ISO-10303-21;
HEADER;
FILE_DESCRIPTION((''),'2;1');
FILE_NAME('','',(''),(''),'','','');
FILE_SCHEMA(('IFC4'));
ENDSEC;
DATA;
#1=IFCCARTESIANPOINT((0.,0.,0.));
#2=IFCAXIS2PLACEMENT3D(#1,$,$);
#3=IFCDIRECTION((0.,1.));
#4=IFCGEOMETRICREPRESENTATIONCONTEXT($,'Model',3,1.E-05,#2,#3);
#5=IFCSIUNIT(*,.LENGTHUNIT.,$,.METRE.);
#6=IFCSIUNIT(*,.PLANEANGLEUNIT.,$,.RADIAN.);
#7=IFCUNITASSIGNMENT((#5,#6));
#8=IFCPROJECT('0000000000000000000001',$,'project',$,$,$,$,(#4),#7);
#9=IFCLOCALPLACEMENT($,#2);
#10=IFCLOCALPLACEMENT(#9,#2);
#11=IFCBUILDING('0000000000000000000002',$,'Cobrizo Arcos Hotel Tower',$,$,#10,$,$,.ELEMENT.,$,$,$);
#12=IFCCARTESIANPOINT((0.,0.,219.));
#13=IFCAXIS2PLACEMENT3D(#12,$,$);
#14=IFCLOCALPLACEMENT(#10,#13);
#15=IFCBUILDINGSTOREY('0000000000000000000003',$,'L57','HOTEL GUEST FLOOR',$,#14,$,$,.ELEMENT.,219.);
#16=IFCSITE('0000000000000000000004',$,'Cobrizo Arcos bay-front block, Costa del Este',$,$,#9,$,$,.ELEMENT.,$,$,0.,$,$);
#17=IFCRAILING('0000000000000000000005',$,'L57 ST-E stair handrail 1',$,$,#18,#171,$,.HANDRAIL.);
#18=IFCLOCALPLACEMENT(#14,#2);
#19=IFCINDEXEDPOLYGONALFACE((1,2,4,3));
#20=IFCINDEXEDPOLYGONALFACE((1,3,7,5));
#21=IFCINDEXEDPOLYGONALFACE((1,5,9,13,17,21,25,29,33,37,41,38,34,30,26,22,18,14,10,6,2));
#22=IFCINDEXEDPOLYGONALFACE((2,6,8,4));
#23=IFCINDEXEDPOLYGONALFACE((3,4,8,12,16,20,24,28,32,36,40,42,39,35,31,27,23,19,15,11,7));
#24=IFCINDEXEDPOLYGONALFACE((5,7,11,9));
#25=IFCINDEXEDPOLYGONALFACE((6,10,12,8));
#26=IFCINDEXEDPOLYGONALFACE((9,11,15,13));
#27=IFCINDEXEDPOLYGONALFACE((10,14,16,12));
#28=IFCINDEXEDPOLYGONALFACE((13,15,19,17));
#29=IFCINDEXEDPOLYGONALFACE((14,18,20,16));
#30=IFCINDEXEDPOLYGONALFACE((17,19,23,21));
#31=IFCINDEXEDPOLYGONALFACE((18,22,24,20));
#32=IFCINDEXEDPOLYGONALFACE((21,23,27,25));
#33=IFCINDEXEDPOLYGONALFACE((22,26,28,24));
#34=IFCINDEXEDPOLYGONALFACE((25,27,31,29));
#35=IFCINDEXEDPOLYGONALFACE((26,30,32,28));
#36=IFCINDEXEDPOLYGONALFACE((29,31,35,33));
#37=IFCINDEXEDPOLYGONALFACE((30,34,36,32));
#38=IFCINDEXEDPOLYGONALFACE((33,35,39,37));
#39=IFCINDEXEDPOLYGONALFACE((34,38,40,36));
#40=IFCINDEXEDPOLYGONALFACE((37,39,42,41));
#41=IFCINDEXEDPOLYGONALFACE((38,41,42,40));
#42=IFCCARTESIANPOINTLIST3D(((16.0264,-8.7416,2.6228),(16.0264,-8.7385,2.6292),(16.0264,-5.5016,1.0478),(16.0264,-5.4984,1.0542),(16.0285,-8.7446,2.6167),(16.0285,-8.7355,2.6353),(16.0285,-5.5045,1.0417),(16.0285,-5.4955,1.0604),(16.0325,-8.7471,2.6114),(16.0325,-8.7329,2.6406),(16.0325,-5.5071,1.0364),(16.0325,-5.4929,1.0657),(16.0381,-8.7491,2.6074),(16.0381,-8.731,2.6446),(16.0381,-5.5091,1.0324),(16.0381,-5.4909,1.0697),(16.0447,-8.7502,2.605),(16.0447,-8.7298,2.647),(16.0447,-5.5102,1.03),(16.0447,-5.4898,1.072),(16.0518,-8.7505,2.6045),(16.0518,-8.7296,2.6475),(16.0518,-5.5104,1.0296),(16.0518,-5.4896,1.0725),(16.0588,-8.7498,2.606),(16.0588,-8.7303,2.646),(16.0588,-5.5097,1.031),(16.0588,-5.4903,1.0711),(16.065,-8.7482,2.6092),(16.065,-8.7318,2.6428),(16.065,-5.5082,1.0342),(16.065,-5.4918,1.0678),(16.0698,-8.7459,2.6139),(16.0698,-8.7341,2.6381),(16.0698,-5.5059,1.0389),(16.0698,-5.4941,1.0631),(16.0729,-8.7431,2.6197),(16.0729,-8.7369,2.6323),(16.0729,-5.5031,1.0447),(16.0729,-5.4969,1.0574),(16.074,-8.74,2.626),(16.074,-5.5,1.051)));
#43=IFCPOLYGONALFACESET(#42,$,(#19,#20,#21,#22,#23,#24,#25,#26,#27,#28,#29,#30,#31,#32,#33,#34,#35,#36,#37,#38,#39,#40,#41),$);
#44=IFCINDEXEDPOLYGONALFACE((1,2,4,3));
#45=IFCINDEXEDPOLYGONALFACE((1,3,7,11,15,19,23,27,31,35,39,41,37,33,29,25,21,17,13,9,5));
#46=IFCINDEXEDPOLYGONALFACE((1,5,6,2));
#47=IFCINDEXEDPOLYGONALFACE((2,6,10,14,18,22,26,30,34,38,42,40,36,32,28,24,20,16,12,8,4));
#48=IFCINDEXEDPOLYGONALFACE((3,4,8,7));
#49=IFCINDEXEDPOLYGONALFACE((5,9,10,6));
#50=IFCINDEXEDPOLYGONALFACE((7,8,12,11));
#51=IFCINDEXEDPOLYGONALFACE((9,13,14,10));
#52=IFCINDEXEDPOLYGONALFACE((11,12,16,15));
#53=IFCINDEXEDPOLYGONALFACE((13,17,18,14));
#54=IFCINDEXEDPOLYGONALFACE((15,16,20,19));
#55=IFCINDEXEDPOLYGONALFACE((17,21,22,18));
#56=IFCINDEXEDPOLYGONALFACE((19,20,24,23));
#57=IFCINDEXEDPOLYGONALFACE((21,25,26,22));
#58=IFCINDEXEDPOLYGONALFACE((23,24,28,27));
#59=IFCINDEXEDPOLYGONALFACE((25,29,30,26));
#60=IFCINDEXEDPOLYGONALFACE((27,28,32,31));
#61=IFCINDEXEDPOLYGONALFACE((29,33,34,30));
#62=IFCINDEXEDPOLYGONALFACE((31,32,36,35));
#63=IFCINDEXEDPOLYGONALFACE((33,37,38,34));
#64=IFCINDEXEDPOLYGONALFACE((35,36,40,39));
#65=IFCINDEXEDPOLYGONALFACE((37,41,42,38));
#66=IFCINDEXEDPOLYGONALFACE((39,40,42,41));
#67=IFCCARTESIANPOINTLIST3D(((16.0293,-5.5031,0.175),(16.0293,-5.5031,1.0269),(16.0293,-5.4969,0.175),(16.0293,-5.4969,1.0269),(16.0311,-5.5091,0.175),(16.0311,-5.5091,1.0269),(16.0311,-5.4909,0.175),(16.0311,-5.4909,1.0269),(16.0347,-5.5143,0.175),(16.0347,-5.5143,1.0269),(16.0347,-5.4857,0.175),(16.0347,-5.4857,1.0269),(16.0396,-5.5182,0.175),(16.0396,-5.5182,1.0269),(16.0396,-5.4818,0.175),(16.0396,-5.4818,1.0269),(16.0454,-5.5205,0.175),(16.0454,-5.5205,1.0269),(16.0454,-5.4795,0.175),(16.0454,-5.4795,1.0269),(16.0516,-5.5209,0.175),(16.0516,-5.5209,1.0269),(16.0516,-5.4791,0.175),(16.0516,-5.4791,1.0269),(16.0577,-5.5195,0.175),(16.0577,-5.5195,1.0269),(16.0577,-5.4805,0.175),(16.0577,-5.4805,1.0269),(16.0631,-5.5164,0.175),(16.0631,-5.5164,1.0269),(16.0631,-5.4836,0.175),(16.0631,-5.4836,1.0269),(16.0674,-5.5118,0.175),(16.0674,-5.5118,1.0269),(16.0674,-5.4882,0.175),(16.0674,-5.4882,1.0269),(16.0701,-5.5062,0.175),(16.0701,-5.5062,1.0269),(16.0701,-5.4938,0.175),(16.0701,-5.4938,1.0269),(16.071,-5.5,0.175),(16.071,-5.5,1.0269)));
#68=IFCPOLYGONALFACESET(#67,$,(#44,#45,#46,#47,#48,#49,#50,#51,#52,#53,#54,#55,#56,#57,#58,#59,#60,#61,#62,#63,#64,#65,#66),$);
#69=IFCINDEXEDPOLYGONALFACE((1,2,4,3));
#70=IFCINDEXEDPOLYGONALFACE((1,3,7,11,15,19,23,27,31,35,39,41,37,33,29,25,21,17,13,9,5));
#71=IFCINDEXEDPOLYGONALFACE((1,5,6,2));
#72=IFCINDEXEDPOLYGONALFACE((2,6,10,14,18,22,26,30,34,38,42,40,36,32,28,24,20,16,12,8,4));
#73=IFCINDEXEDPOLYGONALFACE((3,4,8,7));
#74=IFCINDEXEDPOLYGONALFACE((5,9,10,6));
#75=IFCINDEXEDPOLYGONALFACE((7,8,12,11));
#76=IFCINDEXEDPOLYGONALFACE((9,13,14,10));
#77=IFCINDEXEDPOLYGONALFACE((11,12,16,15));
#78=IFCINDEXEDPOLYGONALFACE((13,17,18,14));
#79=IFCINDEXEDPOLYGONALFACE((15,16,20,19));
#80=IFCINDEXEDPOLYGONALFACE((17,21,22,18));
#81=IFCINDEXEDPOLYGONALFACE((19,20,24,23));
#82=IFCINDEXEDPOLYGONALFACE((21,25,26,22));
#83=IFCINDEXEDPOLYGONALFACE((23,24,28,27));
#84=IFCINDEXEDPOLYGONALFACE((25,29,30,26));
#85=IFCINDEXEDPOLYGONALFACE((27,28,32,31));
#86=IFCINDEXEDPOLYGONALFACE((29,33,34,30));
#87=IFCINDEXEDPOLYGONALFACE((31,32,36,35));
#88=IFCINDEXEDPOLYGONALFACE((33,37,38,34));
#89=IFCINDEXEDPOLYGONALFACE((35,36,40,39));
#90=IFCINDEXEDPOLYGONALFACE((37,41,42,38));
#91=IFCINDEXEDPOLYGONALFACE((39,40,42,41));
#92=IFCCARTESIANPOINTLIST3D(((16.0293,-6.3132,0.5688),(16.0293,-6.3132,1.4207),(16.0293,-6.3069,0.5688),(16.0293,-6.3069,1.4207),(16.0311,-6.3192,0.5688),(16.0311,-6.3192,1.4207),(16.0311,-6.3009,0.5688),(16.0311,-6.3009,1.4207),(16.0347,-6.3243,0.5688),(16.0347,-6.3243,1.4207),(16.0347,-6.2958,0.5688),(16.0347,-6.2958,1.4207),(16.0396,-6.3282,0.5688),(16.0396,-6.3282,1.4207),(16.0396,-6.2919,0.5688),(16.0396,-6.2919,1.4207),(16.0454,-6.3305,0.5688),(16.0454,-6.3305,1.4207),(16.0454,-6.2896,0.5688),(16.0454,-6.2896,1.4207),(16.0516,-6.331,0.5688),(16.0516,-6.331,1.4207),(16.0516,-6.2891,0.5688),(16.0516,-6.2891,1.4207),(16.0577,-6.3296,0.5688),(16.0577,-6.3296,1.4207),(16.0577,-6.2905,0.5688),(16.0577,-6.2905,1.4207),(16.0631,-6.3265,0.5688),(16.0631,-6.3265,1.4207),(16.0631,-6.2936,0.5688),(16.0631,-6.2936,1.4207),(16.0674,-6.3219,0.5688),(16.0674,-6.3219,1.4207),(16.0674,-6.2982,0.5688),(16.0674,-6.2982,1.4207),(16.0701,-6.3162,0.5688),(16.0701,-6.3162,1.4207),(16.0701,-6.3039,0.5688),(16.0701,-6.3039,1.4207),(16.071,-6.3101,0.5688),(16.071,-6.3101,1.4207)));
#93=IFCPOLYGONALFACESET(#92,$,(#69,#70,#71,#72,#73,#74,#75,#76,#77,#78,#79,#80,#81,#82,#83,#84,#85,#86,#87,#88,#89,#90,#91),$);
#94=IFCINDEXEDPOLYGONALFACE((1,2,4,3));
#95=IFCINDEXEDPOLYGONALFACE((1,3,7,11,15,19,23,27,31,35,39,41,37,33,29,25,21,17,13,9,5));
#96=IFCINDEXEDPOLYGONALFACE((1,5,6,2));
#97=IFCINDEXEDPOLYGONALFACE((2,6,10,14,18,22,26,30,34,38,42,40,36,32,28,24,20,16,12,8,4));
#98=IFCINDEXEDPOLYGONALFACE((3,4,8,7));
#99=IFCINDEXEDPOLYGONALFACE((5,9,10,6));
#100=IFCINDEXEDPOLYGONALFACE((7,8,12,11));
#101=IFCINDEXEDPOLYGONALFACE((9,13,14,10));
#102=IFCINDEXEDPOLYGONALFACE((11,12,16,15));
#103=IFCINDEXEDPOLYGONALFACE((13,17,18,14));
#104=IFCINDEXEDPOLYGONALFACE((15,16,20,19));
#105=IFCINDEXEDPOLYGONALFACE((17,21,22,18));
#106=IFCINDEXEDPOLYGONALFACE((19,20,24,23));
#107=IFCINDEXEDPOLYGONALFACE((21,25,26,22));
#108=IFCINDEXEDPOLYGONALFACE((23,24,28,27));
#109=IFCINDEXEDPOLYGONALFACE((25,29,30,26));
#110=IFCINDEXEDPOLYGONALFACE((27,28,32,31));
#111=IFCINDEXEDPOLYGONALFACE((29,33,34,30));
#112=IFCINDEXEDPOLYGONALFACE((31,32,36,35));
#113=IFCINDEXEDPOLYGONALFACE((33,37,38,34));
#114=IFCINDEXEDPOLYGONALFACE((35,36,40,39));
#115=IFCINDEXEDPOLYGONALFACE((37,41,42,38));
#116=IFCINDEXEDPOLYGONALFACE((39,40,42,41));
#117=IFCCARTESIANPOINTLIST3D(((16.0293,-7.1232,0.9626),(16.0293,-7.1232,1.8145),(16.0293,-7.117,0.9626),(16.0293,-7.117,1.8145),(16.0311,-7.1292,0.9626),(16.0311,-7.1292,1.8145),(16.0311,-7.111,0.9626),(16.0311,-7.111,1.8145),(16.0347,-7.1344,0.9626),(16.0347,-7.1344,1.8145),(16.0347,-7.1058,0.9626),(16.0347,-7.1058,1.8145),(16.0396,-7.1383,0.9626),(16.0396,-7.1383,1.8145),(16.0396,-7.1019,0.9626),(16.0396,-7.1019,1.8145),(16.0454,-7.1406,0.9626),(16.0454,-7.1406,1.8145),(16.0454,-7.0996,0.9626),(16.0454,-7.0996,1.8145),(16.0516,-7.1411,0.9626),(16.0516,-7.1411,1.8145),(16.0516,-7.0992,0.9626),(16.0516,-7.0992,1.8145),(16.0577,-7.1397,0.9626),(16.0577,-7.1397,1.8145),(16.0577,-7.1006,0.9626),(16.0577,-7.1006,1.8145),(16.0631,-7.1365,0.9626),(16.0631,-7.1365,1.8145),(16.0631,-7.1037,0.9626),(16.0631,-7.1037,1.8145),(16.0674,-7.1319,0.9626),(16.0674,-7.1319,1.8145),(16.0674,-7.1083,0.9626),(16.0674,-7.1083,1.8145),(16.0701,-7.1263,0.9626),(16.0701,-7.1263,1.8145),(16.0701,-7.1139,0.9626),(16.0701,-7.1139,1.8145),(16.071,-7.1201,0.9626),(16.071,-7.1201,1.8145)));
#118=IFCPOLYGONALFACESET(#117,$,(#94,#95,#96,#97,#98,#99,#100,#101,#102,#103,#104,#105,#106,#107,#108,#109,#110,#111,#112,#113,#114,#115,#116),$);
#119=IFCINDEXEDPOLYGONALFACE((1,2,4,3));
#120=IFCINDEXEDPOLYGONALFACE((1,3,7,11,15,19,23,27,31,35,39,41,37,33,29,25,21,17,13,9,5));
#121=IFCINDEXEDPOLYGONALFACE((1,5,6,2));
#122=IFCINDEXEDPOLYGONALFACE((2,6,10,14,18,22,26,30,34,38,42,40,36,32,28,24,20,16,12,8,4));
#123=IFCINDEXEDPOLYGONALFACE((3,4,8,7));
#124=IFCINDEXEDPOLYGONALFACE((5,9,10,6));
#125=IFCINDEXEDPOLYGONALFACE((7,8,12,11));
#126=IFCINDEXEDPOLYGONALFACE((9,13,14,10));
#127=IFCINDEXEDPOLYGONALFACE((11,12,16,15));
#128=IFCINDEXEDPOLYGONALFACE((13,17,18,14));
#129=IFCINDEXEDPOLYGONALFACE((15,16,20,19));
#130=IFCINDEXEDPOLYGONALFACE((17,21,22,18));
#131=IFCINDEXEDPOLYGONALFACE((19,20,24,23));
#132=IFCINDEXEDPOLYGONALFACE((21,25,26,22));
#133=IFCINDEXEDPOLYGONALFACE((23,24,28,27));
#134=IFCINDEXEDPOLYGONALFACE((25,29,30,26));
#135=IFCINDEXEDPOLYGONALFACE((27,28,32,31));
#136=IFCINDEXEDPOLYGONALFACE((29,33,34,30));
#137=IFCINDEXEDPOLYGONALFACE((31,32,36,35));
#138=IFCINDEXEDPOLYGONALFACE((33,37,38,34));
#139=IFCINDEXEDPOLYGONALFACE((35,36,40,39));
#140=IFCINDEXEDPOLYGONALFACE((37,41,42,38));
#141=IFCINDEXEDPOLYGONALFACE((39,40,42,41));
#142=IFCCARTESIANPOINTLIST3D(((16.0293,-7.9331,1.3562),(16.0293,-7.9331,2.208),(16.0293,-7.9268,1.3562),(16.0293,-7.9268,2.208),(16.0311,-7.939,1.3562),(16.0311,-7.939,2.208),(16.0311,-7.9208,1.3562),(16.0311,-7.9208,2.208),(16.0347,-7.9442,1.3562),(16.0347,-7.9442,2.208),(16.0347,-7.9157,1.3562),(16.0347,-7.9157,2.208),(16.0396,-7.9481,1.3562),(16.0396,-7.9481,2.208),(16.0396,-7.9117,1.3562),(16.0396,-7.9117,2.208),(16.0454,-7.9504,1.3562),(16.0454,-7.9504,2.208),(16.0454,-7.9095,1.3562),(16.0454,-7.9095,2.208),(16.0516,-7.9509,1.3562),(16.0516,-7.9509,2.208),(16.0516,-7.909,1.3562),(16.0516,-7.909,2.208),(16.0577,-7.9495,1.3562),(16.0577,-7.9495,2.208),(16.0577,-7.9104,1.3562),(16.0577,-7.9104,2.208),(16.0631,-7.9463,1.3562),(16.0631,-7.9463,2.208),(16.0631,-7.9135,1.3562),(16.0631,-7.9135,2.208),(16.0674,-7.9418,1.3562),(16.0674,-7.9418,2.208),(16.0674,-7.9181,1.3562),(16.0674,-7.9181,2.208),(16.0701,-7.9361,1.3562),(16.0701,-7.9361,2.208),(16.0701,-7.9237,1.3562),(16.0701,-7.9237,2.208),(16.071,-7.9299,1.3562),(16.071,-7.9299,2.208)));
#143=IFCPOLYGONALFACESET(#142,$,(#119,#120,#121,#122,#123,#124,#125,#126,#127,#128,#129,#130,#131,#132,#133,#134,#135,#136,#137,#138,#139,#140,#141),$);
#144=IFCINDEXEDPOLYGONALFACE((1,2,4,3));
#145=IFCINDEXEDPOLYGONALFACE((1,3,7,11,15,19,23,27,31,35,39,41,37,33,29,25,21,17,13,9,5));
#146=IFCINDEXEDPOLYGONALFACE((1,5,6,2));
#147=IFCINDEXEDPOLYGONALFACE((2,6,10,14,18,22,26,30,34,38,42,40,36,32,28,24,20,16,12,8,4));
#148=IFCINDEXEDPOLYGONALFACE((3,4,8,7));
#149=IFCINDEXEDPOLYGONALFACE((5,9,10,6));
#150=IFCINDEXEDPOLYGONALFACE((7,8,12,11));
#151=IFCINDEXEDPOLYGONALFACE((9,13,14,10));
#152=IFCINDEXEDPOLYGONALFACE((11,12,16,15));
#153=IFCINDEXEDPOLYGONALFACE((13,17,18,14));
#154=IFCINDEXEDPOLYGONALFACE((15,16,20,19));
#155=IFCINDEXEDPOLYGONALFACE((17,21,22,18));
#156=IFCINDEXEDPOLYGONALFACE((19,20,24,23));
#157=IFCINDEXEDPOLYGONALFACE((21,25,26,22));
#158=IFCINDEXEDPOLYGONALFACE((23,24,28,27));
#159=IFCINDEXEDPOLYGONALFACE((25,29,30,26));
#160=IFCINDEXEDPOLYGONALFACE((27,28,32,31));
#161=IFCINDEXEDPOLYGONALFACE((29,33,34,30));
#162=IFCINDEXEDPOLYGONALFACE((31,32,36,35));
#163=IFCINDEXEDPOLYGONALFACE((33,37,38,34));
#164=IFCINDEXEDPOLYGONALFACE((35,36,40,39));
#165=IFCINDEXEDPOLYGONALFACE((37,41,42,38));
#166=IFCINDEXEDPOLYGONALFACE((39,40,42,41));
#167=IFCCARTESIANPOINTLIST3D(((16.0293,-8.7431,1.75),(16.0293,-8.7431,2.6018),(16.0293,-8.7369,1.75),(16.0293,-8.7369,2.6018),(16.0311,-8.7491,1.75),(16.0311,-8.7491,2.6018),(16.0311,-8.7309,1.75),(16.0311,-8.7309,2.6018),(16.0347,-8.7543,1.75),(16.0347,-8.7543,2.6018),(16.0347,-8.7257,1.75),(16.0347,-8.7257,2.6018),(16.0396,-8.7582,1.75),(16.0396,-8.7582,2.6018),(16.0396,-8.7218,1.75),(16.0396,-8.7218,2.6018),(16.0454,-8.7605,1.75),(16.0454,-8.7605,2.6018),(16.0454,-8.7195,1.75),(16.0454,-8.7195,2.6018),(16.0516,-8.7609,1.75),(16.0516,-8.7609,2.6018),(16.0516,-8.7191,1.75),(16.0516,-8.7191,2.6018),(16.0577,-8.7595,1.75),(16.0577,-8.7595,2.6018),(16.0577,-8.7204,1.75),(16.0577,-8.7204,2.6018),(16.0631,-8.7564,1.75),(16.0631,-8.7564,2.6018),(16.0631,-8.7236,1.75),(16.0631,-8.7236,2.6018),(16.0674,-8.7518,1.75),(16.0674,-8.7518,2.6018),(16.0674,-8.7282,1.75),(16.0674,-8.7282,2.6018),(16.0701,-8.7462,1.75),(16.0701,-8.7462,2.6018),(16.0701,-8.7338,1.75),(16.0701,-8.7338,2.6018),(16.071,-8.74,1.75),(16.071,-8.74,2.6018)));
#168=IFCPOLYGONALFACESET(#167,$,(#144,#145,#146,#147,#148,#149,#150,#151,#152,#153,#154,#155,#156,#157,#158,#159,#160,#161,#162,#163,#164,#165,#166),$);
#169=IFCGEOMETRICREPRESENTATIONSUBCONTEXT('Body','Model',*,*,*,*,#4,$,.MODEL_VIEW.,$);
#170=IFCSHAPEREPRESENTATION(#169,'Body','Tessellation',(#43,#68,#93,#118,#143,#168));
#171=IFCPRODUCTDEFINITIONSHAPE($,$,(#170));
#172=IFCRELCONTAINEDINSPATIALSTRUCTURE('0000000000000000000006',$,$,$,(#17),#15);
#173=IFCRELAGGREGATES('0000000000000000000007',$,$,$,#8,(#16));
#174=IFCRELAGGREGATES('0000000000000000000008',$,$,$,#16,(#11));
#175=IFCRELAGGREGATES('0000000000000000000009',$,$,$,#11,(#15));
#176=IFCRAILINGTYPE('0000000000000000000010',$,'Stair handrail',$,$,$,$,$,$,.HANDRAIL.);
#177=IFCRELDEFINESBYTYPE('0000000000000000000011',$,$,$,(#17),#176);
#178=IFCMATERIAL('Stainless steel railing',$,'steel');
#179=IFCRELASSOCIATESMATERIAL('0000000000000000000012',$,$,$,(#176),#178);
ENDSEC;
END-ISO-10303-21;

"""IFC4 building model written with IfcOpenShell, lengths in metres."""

from ifc_helpers import new_model, si_unit, direction, frame, origin, origin_2d, place, context, subcontext, project, spatial, circle, extrude, material, type_object, element, save


model = new_model("IFC4")

# Units and contexts
model_context = context("Model", 3, precision=1e-05, world=origin(), true_north=direction((0.0, 1.0)))
body_context = subcontext(model_context, "Body", "Model", "MODEL_VIEW")
ifc_project = project(units=[si_unit("LENGTHUNIT", "METRE"), si_unit("PLANEANGLEUNIT", "RADIAN")], contexts=[model_context])

# Site, building, storey
site_placement = place(None, origin())
site = spatial("IfcSite", under=ifc_project, at=site_placement, Name="Cobrizo Arcos bay-front block, Costa del Este", CompositionType="ELEMENT", RefElevation=0.0)
building_placement = place(site_placement, origin())
building = spatial("IfcBuilding", under=site, at=building_placement, Name="Cobrizo Arcos Hotel Tower", CompositionType="ELEMENT")
storey_placement = place(building_placement, frame((0.0, 0.0, 219.0)))
storey = spatial("IfcBuildingStorey", under=building, at=storey_placement, Name="L57", Description="HOTEL GUEST FLOOR", CompositionType="ELEMENT", Elevation=219.0)

# Railing
ifc_material_1 = material(Name="Stainless steel railing", Category="steel")
railing_type_1 = type_object("IfcRailingType", Name="Stair handrail", PredefinedType="HANDRAIL", material=ifc_material_1)
railing_1_placement = place(storey_placement, frame((16.05, -5.5, 0.175)))
element("IfcRailing", 1, at=railing_1_placement, inside=storey, type_object=railing_type_1, Name="L57 ST-E stair handrail 1", PredefinedType="HANDRAIL", context=body_context, shape_type="SweptSolid", body=[
    extrude(circle(Radius=0.0239, at=origin_2d()), frame((0.0, 0.0, 0.876), z_axis=(0.0, -0.899373, 0.437183), x_axis=(1.0, 0.0, 0.0)), (0.0, 0.0, 1.0), 3.6025),
    extrude(circle(Radius=0.021, at=origin_2d()), origin(), (0.0, 0.0, 1.0), 0.8518),
    extrude(circle(Radius=0.021, at=origin_2d()), frame((0.0, -0.8101, 0.3938)), (0.0, 0.0, 1.0), 0.8518),
    extrude(circle(Radius=0.021, at=origin_2d()), frame((0.0, -1.6201, 0.7876)), (0.0, 0.0, 1.0), 0.8518),
    extrude(circle(Radius=0.021, at=origin_2d()), frame((0.0, -2.4299, 1.1812)), (0.0, 0.0, 1.0), 0.8518),
    extrude(circle(Radius=0.021, at=origin_2d()), frame((0.0, -3.24, 1.575)), (0.0, 0.0, 1.0), 0.8518),
])

save(model, "model.ifc")
